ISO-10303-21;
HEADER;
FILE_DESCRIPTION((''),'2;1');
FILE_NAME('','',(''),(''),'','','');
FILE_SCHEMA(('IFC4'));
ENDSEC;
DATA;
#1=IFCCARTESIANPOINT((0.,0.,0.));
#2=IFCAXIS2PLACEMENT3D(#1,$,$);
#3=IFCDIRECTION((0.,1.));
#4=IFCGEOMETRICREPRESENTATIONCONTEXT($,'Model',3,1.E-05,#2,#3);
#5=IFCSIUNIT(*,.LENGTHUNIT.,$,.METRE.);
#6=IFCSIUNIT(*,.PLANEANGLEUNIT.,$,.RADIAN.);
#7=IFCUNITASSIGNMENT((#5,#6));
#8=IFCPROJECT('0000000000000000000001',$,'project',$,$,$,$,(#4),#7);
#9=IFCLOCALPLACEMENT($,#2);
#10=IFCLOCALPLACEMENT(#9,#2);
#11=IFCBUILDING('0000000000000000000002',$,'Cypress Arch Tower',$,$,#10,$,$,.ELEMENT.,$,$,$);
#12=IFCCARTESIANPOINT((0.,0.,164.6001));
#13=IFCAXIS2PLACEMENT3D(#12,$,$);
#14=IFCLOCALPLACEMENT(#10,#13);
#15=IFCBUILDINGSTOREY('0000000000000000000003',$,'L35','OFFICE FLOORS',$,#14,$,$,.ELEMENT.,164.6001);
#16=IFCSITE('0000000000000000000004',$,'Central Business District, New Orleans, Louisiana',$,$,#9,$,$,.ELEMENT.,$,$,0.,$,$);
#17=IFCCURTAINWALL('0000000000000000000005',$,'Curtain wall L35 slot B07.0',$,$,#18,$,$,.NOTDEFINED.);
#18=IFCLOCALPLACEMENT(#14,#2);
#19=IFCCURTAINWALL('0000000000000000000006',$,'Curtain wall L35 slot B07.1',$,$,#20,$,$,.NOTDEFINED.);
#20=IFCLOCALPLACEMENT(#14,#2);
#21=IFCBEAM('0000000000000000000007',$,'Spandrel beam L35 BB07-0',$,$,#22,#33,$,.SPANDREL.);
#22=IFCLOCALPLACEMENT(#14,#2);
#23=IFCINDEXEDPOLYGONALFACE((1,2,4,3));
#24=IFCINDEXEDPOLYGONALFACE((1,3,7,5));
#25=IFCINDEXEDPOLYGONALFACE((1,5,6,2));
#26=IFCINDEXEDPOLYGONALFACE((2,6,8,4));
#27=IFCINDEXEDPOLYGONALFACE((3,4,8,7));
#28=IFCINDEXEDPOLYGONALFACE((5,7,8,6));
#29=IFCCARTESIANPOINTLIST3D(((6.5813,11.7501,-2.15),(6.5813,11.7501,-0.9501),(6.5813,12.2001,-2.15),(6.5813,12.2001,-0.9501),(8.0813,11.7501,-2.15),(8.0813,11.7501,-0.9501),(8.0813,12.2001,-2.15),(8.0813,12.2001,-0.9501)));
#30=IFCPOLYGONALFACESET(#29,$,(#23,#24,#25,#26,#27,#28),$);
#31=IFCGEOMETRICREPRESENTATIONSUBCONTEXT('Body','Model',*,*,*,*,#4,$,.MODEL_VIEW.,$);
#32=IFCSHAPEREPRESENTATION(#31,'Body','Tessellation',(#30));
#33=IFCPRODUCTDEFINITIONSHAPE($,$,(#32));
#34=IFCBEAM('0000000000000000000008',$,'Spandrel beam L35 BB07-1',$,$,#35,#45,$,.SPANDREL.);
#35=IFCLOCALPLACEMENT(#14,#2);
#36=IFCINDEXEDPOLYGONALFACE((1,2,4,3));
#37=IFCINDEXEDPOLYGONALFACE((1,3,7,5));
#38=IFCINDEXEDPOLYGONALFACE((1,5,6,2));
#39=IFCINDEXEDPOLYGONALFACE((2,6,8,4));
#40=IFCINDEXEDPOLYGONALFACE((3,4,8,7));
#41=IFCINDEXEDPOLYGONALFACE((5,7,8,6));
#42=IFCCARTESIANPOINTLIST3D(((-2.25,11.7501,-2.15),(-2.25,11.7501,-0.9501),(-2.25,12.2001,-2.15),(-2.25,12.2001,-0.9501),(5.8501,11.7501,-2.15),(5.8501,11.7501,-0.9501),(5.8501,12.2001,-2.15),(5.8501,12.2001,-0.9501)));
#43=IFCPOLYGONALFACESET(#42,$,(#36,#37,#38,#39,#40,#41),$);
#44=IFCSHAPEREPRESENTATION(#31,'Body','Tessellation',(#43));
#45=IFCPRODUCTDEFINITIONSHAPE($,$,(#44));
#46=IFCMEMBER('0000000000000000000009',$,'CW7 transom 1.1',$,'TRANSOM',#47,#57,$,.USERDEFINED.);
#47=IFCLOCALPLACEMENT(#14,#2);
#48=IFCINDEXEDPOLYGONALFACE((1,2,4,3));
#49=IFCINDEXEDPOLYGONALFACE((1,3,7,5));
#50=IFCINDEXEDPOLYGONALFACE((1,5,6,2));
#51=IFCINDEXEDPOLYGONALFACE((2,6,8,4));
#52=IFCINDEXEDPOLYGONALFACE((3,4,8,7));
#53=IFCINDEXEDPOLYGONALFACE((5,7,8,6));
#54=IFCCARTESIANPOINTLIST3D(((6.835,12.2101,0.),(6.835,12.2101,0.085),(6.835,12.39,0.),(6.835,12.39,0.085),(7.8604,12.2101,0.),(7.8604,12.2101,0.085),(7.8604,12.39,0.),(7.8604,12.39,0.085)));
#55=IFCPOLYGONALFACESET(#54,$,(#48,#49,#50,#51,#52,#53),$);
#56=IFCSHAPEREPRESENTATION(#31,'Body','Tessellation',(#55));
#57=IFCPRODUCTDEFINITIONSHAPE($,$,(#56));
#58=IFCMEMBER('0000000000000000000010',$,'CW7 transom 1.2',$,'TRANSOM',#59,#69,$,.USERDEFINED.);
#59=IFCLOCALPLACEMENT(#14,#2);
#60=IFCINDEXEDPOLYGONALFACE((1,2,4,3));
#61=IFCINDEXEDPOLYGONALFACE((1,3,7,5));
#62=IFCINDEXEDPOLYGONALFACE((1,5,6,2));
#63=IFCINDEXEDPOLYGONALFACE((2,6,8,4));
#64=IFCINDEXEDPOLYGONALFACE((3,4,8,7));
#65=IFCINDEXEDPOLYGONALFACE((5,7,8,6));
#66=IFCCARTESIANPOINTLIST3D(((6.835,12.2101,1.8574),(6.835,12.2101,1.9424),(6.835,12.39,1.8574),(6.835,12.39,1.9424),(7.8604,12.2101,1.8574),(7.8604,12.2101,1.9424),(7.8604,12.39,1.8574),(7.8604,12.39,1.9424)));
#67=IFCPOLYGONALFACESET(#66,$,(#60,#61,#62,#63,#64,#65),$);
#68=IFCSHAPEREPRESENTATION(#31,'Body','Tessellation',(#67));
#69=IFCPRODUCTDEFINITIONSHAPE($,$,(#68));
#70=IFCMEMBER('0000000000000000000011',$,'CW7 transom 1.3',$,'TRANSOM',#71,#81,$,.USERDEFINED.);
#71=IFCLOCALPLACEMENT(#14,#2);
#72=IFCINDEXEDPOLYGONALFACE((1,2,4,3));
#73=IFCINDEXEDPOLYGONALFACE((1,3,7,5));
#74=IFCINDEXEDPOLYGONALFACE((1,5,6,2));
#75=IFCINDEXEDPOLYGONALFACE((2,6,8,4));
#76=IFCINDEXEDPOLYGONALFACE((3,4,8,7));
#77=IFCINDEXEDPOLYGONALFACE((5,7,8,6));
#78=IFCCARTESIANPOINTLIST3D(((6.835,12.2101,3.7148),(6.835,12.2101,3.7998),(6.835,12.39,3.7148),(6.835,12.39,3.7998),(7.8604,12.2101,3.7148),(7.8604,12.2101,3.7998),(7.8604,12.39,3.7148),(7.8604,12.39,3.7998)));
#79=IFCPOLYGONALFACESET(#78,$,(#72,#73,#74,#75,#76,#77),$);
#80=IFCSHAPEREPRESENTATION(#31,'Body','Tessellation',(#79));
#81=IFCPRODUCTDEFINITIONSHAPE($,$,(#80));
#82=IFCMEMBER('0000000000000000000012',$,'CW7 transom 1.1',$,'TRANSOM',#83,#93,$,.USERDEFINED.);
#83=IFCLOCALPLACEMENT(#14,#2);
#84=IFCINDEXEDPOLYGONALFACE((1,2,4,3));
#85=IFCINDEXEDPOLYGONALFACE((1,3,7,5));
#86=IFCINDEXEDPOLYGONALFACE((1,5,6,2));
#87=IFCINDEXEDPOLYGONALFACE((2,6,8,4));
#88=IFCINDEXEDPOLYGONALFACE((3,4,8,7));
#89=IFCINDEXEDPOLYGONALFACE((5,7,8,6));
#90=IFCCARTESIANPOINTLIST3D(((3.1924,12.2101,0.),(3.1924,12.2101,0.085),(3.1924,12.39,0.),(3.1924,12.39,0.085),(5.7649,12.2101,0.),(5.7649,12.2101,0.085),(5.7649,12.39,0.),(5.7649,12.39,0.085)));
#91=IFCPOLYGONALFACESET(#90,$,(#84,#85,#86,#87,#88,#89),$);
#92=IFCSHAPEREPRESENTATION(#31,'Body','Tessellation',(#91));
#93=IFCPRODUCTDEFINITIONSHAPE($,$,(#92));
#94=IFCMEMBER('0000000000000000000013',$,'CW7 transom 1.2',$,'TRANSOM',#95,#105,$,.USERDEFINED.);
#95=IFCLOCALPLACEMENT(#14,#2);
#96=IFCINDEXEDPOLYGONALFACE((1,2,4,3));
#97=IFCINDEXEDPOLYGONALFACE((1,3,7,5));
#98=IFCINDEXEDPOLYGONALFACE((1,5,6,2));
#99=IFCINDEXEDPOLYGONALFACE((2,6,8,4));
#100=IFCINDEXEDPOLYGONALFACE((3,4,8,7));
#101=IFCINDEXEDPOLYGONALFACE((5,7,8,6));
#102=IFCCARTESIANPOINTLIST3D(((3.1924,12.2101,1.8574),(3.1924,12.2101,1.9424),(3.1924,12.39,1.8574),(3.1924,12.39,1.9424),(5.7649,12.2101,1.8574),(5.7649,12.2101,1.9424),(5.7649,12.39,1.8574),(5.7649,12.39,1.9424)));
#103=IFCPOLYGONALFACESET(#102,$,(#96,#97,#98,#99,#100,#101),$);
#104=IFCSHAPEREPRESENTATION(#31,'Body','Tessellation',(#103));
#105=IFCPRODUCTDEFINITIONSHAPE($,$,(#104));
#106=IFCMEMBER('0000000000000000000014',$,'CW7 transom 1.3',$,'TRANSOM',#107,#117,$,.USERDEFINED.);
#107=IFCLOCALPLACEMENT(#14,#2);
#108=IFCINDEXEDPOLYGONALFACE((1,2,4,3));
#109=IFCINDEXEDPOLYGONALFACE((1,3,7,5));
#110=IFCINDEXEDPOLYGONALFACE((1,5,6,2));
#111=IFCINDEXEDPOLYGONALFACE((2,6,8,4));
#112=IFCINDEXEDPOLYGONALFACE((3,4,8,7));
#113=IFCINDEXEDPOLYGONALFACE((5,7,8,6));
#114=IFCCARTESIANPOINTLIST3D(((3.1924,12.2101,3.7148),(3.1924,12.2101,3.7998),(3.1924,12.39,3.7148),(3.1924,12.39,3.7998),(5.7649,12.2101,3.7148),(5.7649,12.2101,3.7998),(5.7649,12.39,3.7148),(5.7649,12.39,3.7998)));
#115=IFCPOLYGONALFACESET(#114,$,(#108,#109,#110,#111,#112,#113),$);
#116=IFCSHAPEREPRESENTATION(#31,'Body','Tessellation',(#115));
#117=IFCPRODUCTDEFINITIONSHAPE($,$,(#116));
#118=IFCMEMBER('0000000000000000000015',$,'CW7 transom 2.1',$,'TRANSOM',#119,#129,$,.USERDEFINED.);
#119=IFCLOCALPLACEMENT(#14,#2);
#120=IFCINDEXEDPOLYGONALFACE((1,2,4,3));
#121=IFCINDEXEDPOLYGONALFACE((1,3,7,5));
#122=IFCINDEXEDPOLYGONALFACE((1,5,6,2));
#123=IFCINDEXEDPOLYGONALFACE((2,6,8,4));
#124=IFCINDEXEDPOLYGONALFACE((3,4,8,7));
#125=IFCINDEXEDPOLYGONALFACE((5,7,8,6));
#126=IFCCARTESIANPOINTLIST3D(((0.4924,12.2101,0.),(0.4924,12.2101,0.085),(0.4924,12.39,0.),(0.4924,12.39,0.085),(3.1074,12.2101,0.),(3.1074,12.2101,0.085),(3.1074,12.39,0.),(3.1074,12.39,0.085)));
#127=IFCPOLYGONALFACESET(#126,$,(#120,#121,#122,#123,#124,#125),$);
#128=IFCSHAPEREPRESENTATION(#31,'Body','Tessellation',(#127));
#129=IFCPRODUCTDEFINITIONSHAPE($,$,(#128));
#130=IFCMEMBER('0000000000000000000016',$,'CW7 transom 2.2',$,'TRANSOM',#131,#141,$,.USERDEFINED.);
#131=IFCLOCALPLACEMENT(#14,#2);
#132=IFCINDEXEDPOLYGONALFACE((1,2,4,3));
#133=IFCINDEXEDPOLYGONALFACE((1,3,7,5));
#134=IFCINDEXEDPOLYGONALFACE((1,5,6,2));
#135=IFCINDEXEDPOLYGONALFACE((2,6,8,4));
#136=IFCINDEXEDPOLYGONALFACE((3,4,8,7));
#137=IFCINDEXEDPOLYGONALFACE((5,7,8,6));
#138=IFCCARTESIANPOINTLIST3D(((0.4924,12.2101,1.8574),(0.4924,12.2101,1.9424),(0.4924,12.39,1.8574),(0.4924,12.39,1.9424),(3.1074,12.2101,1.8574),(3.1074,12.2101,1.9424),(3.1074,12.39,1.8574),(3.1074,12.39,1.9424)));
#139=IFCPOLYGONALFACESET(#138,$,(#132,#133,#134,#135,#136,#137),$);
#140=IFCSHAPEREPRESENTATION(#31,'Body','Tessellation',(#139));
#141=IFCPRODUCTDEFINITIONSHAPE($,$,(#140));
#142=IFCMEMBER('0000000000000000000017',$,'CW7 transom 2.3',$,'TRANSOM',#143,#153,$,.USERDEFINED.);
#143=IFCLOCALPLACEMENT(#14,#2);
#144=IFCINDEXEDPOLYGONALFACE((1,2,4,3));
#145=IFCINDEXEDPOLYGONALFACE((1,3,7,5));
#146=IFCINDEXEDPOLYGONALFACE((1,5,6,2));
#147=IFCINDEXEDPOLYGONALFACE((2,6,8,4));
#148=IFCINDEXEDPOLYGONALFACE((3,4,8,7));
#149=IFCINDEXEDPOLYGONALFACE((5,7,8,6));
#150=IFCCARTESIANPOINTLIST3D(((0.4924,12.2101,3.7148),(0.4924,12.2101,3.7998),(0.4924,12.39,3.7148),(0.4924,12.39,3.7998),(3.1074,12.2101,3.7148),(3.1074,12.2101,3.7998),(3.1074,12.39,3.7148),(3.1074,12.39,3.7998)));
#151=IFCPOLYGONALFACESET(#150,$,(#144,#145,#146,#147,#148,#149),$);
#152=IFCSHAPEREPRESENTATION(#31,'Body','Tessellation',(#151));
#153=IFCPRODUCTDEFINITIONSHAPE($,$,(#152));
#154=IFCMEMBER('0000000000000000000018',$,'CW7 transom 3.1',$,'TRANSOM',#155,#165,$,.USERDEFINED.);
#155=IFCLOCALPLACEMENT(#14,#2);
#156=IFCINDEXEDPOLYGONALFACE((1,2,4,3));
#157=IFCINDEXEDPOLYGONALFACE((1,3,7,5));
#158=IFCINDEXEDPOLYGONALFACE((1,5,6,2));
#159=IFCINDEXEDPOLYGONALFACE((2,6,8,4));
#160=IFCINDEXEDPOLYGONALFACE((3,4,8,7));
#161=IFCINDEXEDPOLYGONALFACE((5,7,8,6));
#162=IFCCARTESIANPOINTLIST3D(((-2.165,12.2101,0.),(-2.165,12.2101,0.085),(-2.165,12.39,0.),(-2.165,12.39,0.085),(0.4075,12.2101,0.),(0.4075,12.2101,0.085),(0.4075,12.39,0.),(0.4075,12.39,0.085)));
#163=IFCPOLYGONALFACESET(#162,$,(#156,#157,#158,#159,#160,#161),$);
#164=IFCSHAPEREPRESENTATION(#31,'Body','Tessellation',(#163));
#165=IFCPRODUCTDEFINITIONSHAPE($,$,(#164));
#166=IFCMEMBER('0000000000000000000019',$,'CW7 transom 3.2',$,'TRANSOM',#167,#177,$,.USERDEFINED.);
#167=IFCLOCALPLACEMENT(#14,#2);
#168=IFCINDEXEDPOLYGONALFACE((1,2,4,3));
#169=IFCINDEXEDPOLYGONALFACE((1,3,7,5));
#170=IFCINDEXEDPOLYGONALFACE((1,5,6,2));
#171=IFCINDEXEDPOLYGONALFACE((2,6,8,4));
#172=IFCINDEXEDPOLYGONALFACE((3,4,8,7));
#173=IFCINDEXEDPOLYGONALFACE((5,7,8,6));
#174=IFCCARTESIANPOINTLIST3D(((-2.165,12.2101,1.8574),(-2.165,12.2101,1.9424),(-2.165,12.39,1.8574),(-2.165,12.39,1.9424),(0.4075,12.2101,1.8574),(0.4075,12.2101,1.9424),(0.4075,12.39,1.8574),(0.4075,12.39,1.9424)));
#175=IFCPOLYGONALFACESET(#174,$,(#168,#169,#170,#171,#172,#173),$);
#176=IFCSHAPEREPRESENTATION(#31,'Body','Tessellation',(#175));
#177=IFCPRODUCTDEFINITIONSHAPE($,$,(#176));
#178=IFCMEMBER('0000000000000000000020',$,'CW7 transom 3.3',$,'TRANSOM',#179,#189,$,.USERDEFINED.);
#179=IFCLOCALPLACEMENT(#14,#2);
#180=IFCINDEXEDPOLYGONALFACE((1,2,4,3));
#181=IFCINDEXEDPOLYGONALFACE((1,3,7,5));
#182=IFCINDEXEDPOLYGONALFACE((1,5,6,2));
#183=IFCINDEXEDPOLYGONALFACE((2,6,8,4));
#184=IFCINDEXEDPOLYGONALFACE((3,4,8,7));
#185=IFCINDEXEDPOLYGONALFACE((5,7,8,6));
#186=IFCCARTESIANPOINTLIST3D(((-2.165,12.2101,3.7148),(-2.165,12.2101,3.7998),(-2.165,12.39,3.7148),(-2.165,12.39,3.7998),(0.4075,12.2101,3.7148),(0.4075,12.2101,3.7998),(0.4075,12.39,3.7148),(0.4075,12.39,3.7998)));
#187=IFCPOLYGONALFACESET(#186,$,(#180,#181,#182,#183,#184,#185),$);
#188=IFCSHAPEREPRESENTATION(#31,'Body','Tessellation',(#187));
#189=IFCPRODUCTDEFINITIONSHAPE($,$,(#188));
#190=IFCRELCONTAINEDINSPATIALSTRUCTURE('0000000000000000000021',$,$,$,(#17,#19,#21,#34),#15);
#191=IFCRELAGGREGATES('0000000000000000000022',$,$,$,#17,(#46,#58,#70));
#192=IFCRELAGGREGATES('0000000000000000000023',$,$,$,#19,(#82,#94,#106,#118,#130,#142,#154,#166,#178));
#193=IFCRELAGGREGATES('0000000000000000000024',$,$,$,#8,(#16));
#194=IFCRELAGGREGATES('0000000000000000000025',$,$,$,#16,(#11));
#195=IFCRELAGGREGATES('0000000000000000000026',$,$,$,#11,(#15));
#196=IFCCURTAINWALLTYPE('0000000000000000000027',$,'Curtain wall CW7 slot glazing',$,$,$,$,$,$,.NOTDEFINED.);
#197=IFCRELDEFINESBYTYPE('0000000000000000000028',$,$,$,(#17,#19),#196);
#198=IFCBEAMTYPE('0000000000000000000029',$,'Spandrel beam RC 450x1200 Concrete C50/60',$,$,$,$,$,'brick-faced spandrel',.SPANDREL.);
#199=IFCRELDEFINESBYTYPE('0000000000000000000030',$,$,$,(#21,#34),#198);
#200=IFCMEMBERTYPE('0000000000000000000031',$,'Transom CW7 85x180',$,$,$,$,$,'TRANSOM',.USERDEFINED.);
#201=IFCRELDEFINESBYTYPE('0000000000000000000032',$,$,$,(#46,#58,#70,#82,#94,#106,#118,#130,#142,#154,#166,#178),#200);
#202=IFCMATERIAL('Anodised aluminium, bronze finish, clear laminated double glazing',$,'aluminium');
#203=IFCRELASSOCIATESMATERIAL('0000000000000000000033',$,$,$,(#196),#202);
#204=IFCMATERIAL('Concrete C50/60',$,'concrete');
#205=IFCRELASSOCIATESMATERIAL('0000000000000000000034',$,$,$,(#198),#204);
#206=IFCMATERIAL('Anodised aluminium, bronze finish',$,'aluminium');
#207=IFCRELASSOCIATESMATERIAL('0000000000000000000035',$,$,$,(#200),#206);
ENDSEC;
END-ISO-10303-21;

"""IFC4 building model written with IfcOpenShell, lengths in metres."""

from ifc_helpers import new_model, si_unit, direction, frame, origin, origin_2d, place, context, subcontext, project, spatial, rectangle, extrude, material, material_profile, profile_set, type_object, element, aggregate, save


model = new_model("IFC4")

# Units and contexts
model_context = context("Model", 3, precision=1e-05, world=origin(), true_north=direction((0.0, 1.0)))
body_context = subcontext(model_context, "Body", "Model", "MODEL_VIEW")
ifc_project = project(units=[si_unit("LENGTHUNIT", "METRE"), si_unit("PLANEANGLEUNIT", "RADIAN")], contexts=[model_context])

# Site, building, storey
site_placement = place(None, origin())
site = spatial("IfcSite", under=ifc_project, at=site_placement, Name="Central Business District, New Orleans, Louisiana", CompositionType="ELEMENT", RefElevation=0.0)
building_placement = place(site_placement, origin())
building = spatial("IfcBuilding", under=site, at=building_placement, Name="Cypress Arch Tower", CompositionType="ELEMENT")
storey_placement = place(building_placement, frame((0.0, 0.0, 164.6001)))
storey = spatial("IfcBuildingStorey", under=building, at=storey_placement, Name="L35", Description="OFFICE FLOORS", CompositionType="ELEMENT", Elevation=164.6001)

# Shared definitions
ifc_material_1 = material(Name="Anodised aluminium, bronze finish, clear laminated double glazing", Category="aluminium")
curtain_wall_type = type_object("IfcCurtainWallType", Name="Curtain wall CW7 slot glazing", PredefinedType="NOTDEFINED", material=ifc_material_1)

# Curtain walls
curtain_wall_1_placement = place(storey_placement, origin())
curtain_wall_1 = element("IfcCurtainWall", 1, at=curtain_wall_1_placement, inside=storey, type_object=curtain_wall_type, Name="Curtain wall L35 slot B07.0", PredefinedType="NOTDEFINED")
curtain_wall_2_placement = place(storey_placement, origin())
curtain_wall_2 = element("IfcCurtainWall", 2, at=curtain_wall_2_placement, inside=storey, type_object=curtain_wall_type, Name="Curtain wall L35 slot B07.1", PredefinedType="NOTDEFINED")

# Beams
ifc_material_2 = material(Name="Concrete C50/60", Category="concrete")
ifc_material_profile_1 = material_profile(ifc_material_2, rectangle(XDim=0.45, YDim=1.2, at=origin_2d()), Name="RC 450x1200")
ifc_profile_set_1 = profile_set([ifc_material_profile_1], Name="Concrete C50/60")
beam_type_1 = type_object("IfcBeamType", Name="Spandrel beam RC 450x1200 Concrete C50/60", ElementType="brick-faced spandrel", PredefinedType="SPANDREL", material=ifc_profile_set_1)
beam_1_placement = place(storey_placement, frame((8.0813, 11.9751, -1.55), z_axis=(-1.0, 0.0, 0.0), x_axis=(0.0, -1.0, 0.0)))
element("IfcBeam", 3, at=beam_1_placement, inside=storey, type_object=beam_type_1, Name="Spandrel beam L35 BB07-0", PredefinedType="SPANDREL", context=body_context, shape_type="SweptSolid", body=[
    extrude(rectangle(XDim=0.45, YDim=1.2, at=origin_2d()), origin(), (0.0, 0.0, 1.0), 1.5),
])
beam_2_placement = place(storey_placement, frame((5.8501, 11.9751, -1.55), z_axis=(-1.0, 0.0, 0.0), x_axis=(0.0, -1.0, 0.0)))
element("IfcBeam", 4, at=beam_2_placement, inside=storey, type_object=beam_type_1, Name="Spandrel beam L35 BB07-1", PredefinedType="SPANDREL", context=body_context, shape_type="SweptSolid", body=[
    extrude(rectangle(XDim=0.45, YDim=1.2, at=origin_2d()), origin(), (0.0, 0.0, 1.0), 8.1001),
])

# Members
ifc_material_3 = material(Name="Anodised aluminium, bronze finish", Category="aluminium")
ifc_material_profile_2 = material_profile(ifc_material_3, rectangle(XDim=0.1799, YDim=0.085, at=origin_2d()), Name="Transom 85x180")
ifc_profile_set_2 = profile_set([ifc_material_profile_2], Name="Anodised aluminium, bronze finish")
member_type_1 = type_object("IfcMemberType", Name="Transom CW7 85x180", ElementType="TRANSOM", PredefinedType="USERDEFINED", material=ifc_profile_set_2)
member_1_placement = place(storey_placement, frame((7.8604, 12.3, 0.0425), z_axis=(-1.0, 0.0, 0.0), x_axis=(0.0, -1.0, 0.0)))
member_1 = element("IfcMember", 5, at=member_1_placement, type_object=member_type_1, Name="CW7 transom 1.1", ObjectType="TRANSOM", PredefinedType="USERDEFINED", context=body_context, shape_type="SweptSolid", body=[
    extrude(rectangle(XDim=0.1799, YDim=0.085, at=origin_2d()), origin(), (0.0, 0.0, 1.0), 1.0254),
])
member_2_placement = place(storey_placement, frame((7.8604, 12.3, 1.8999), z_axis=(-1.0, 0.0, 0.0), x_axis=(0.0, -1.0, 0.0)))
member_2 = element("IfcMember", 6, at=member_2_placement, type_object=member_type_1, Name="CW7 transom 1.2", ObjectType="TRANSOM", PredefinedType="USERDEFINED", context=body_context, shape_type="SweptSolid", body=[
    extrude(rectangle(XDim=0.1799, YDim=0.085, at=origin_2d()), origin(), (0.0, 0.0, 1.0), 1.0254),
])
member_3_placement = place(storey_placement, frame((7.8604, 12.3, 3.7573), z_axis=(-1.0, 0.0, 0.0), x_axis=(0.0, -1.0, 0.0)))
member_3 = element("IfcMember", 7, at=member_3_placement, type_object=member_type_1, Name="CW7 transom 1.3", ObjectType="TRANSOM", PredefinedType="USERDEFINED", context=body_context, shape_type="SweptSolid", body=[
    extrude(rectangle(XDim=0.1799, YDim=0.085, at=origin_2d()), origin(), (0.0, 0.0, 1.0), 1.0254),
])
member_4_placement = place(storey_placement, frame((5.7649, 12.3, 0.0425), z_axis=(-1.0, 0.0, 0.0), x_axis=(0.0, -1.0, 0.0)))
member_4 = element("IfcMember", 8, at=member_4_placement, type_object=member_type_1, Name="CW7 transom 1.1", ObjectType="TRANSOM", PredefinedType="USERDEFINED", context=body_context, shape_type="SweptSolid", body=[
    extrude(rectangle(XDim=0.1799, YDim=0.085, at=origin_2d()), origin(), (0.0, 0.0, 1.0), 2.5725),
])
member_5_placement = place(storey_placement, frame((5.7649, 12.3, 1.8999), z_axis=(-1.0, 0.0, 0.0), x_axis=(0.0, -1.0, 0.0)))
member_5 = element("IfcMember", 9, at=member_5_placement, type_object=member_type_1, Name="CW7 transom 1.2", ObjectType="TRANSOM", PredefinedType="USERDEFINED", context=body_context, shape_type="SweptSolid", body=[
    extrude(rectangle(XDim=0.1799, YDim=0.085, at=origin_2d()), origin(), (0.0, 0.0, 1.0), 2.5725),
])
member_6_placement = place(storey_placement, frame((5.7649, 12.3, 3.7573), z_axis=(-1.0, 0.0, 0.0), x_axis=(0.0, -1.0, 0.0)))
member_6 = element("IfcMember", 10, at=member_6_placement, type_object=member_type_1, Name="CW7 transom 1.3", ObjectType="TRANSOM", PredefinedType="USERDEFINED", context=body_context, shape_type="SweptSolid", body=[
    extrude(rectangle(XDim=0.1799, YDim=0.085, at=origin_2d()), origin(), (0.0, 0.0, 1.0), 2.5725),
])
member_7_placement = place(storey_placement, frame((3.1074, 12.3, 0.0425), z_axis=(-1.0, 0.0, 0.0), x_axis=(0.0, -1.0, 0.0)))
member_7 = element("IfcMember", 11, at=member_7_placement, type_object=member_type_1, Name="CW7 transom 2.1", ObjectType="TRANSOM", PredefinedType="USERDEFINED", context=body_context, shape_type="SweptSolid", body=[
    extrude(rectangle(XDim=0.1799, YDim=0.085, at=origin_2d()), origin(), (0.0, 0.0, 1.0), 2.615),
])
member_8_placement = place(storey_placement, frame((3.1074, 12.3, 1.8999), z_axis=(-1.0, 0.0, 0.0), x_axis=(0.0, -1.0, 0.0)))
member_8 = element("IfcMember", 12, at=member_8_placement, type_object=member_type_1, Name="CW7 transom 2.2", ObjectType="TRANSOM", PredefinedType="USERDEFINED", context=body_context, shape_type="SweptSolid", body=[
    extrude(rectangle(XDim=0.1799, YDim=0.085, at=origin_2d()), origin(), (0.0, 0.0, 1.0), 2.615),
])
member_9_placement = place(storey_placement, frame((3.1074, 12.3, 3.7573), z_axis=(-1.0, 0.0, 0.0), x_axis=(0.0, -1.0, 0.0)))
member_9 = element("IfcMember", 13, at=member_9_placement, type_object=member_type_1, Name="CW7 transom 2.3", ObjectType="TRANSOM", PredefinedType="USERDEFINED", context=body_context, shape_type="SweptSolid", body=[
    extrude(rectangle(XDim=0.1799, YDim=0.085, at=origin_2d()), origin(), (0.0, 0.0, 1.0), 2.615),
])
member_10_placement = place(storey_placement, frame((0.4075, 12.3, 0.0425), z_axis=(-1.0, 0.0, 0.0), x_axis=(0.0, -1.0, 0.0)))
member_10 = element("IfcMember", 14, at=member_10_placement, type_object=member_type_1, Name="CW7 transom 3.1", ObjectType="TRANSOM", PredefinedType="USERDEFINED", context=body_context, shape_type="SweptSolid", body=[
    extrude(rectangle(XDim=0.1799, YDim=0.085, at=origin_2d()), origin(), (0.0, 0.0, 1.0), 2.5725),
])
member_11_placement = place(storey_placement, frame((0.4075, 12.3, 1.8999), z_axis=(-1.0, 0.0, 0.0), x_axis=(0.0, -1.0, 0.0)))
member_11 = element("IfcMember", 15, at=member_11_placement, type_object=member_type_1, Name="CW7 transom 3.2", ObjectType="TRANSOM", PredefinedType="USERDEFINED", context=body_context, shape_type="SweptSolid", body=[
    extrude(rectangle(XDim=0.1799, YDim=0.085, at=origin_2d()), origin(), (0.0, 0.0, 1.0), 2.5725),
])
member_12_placement = place(storey_placement, frame((0.4075, 12.3, 3.7573), z_axis=(-1.0, 0.0, 0.0), x_axis=(0.0, -1.0, 0.0)))
member_12 = element("IfcMember", 16, at=member_12_placement, type_object=member_type_1, Name="CW7 transom 3.3", ObjectType="TRANSOM", PredefinedType="USERDEFINED", context=body_context, shape_type="SweptSolid", body=[
    extrude(rectangle(XDim=0.1799, YDim=0.085, at=origin_2d()), origin(), (0.0, 0.0, 1.0), 2.5725),
])

aggregate(curtain_wall_1, [member_1, member_2, member_3])
aggregate(curtain_wall_2, [member_4, member_5, member_6, member_7, member_8, member_9, member_10, member_11, member_12])

save(model, "model.ifc")
